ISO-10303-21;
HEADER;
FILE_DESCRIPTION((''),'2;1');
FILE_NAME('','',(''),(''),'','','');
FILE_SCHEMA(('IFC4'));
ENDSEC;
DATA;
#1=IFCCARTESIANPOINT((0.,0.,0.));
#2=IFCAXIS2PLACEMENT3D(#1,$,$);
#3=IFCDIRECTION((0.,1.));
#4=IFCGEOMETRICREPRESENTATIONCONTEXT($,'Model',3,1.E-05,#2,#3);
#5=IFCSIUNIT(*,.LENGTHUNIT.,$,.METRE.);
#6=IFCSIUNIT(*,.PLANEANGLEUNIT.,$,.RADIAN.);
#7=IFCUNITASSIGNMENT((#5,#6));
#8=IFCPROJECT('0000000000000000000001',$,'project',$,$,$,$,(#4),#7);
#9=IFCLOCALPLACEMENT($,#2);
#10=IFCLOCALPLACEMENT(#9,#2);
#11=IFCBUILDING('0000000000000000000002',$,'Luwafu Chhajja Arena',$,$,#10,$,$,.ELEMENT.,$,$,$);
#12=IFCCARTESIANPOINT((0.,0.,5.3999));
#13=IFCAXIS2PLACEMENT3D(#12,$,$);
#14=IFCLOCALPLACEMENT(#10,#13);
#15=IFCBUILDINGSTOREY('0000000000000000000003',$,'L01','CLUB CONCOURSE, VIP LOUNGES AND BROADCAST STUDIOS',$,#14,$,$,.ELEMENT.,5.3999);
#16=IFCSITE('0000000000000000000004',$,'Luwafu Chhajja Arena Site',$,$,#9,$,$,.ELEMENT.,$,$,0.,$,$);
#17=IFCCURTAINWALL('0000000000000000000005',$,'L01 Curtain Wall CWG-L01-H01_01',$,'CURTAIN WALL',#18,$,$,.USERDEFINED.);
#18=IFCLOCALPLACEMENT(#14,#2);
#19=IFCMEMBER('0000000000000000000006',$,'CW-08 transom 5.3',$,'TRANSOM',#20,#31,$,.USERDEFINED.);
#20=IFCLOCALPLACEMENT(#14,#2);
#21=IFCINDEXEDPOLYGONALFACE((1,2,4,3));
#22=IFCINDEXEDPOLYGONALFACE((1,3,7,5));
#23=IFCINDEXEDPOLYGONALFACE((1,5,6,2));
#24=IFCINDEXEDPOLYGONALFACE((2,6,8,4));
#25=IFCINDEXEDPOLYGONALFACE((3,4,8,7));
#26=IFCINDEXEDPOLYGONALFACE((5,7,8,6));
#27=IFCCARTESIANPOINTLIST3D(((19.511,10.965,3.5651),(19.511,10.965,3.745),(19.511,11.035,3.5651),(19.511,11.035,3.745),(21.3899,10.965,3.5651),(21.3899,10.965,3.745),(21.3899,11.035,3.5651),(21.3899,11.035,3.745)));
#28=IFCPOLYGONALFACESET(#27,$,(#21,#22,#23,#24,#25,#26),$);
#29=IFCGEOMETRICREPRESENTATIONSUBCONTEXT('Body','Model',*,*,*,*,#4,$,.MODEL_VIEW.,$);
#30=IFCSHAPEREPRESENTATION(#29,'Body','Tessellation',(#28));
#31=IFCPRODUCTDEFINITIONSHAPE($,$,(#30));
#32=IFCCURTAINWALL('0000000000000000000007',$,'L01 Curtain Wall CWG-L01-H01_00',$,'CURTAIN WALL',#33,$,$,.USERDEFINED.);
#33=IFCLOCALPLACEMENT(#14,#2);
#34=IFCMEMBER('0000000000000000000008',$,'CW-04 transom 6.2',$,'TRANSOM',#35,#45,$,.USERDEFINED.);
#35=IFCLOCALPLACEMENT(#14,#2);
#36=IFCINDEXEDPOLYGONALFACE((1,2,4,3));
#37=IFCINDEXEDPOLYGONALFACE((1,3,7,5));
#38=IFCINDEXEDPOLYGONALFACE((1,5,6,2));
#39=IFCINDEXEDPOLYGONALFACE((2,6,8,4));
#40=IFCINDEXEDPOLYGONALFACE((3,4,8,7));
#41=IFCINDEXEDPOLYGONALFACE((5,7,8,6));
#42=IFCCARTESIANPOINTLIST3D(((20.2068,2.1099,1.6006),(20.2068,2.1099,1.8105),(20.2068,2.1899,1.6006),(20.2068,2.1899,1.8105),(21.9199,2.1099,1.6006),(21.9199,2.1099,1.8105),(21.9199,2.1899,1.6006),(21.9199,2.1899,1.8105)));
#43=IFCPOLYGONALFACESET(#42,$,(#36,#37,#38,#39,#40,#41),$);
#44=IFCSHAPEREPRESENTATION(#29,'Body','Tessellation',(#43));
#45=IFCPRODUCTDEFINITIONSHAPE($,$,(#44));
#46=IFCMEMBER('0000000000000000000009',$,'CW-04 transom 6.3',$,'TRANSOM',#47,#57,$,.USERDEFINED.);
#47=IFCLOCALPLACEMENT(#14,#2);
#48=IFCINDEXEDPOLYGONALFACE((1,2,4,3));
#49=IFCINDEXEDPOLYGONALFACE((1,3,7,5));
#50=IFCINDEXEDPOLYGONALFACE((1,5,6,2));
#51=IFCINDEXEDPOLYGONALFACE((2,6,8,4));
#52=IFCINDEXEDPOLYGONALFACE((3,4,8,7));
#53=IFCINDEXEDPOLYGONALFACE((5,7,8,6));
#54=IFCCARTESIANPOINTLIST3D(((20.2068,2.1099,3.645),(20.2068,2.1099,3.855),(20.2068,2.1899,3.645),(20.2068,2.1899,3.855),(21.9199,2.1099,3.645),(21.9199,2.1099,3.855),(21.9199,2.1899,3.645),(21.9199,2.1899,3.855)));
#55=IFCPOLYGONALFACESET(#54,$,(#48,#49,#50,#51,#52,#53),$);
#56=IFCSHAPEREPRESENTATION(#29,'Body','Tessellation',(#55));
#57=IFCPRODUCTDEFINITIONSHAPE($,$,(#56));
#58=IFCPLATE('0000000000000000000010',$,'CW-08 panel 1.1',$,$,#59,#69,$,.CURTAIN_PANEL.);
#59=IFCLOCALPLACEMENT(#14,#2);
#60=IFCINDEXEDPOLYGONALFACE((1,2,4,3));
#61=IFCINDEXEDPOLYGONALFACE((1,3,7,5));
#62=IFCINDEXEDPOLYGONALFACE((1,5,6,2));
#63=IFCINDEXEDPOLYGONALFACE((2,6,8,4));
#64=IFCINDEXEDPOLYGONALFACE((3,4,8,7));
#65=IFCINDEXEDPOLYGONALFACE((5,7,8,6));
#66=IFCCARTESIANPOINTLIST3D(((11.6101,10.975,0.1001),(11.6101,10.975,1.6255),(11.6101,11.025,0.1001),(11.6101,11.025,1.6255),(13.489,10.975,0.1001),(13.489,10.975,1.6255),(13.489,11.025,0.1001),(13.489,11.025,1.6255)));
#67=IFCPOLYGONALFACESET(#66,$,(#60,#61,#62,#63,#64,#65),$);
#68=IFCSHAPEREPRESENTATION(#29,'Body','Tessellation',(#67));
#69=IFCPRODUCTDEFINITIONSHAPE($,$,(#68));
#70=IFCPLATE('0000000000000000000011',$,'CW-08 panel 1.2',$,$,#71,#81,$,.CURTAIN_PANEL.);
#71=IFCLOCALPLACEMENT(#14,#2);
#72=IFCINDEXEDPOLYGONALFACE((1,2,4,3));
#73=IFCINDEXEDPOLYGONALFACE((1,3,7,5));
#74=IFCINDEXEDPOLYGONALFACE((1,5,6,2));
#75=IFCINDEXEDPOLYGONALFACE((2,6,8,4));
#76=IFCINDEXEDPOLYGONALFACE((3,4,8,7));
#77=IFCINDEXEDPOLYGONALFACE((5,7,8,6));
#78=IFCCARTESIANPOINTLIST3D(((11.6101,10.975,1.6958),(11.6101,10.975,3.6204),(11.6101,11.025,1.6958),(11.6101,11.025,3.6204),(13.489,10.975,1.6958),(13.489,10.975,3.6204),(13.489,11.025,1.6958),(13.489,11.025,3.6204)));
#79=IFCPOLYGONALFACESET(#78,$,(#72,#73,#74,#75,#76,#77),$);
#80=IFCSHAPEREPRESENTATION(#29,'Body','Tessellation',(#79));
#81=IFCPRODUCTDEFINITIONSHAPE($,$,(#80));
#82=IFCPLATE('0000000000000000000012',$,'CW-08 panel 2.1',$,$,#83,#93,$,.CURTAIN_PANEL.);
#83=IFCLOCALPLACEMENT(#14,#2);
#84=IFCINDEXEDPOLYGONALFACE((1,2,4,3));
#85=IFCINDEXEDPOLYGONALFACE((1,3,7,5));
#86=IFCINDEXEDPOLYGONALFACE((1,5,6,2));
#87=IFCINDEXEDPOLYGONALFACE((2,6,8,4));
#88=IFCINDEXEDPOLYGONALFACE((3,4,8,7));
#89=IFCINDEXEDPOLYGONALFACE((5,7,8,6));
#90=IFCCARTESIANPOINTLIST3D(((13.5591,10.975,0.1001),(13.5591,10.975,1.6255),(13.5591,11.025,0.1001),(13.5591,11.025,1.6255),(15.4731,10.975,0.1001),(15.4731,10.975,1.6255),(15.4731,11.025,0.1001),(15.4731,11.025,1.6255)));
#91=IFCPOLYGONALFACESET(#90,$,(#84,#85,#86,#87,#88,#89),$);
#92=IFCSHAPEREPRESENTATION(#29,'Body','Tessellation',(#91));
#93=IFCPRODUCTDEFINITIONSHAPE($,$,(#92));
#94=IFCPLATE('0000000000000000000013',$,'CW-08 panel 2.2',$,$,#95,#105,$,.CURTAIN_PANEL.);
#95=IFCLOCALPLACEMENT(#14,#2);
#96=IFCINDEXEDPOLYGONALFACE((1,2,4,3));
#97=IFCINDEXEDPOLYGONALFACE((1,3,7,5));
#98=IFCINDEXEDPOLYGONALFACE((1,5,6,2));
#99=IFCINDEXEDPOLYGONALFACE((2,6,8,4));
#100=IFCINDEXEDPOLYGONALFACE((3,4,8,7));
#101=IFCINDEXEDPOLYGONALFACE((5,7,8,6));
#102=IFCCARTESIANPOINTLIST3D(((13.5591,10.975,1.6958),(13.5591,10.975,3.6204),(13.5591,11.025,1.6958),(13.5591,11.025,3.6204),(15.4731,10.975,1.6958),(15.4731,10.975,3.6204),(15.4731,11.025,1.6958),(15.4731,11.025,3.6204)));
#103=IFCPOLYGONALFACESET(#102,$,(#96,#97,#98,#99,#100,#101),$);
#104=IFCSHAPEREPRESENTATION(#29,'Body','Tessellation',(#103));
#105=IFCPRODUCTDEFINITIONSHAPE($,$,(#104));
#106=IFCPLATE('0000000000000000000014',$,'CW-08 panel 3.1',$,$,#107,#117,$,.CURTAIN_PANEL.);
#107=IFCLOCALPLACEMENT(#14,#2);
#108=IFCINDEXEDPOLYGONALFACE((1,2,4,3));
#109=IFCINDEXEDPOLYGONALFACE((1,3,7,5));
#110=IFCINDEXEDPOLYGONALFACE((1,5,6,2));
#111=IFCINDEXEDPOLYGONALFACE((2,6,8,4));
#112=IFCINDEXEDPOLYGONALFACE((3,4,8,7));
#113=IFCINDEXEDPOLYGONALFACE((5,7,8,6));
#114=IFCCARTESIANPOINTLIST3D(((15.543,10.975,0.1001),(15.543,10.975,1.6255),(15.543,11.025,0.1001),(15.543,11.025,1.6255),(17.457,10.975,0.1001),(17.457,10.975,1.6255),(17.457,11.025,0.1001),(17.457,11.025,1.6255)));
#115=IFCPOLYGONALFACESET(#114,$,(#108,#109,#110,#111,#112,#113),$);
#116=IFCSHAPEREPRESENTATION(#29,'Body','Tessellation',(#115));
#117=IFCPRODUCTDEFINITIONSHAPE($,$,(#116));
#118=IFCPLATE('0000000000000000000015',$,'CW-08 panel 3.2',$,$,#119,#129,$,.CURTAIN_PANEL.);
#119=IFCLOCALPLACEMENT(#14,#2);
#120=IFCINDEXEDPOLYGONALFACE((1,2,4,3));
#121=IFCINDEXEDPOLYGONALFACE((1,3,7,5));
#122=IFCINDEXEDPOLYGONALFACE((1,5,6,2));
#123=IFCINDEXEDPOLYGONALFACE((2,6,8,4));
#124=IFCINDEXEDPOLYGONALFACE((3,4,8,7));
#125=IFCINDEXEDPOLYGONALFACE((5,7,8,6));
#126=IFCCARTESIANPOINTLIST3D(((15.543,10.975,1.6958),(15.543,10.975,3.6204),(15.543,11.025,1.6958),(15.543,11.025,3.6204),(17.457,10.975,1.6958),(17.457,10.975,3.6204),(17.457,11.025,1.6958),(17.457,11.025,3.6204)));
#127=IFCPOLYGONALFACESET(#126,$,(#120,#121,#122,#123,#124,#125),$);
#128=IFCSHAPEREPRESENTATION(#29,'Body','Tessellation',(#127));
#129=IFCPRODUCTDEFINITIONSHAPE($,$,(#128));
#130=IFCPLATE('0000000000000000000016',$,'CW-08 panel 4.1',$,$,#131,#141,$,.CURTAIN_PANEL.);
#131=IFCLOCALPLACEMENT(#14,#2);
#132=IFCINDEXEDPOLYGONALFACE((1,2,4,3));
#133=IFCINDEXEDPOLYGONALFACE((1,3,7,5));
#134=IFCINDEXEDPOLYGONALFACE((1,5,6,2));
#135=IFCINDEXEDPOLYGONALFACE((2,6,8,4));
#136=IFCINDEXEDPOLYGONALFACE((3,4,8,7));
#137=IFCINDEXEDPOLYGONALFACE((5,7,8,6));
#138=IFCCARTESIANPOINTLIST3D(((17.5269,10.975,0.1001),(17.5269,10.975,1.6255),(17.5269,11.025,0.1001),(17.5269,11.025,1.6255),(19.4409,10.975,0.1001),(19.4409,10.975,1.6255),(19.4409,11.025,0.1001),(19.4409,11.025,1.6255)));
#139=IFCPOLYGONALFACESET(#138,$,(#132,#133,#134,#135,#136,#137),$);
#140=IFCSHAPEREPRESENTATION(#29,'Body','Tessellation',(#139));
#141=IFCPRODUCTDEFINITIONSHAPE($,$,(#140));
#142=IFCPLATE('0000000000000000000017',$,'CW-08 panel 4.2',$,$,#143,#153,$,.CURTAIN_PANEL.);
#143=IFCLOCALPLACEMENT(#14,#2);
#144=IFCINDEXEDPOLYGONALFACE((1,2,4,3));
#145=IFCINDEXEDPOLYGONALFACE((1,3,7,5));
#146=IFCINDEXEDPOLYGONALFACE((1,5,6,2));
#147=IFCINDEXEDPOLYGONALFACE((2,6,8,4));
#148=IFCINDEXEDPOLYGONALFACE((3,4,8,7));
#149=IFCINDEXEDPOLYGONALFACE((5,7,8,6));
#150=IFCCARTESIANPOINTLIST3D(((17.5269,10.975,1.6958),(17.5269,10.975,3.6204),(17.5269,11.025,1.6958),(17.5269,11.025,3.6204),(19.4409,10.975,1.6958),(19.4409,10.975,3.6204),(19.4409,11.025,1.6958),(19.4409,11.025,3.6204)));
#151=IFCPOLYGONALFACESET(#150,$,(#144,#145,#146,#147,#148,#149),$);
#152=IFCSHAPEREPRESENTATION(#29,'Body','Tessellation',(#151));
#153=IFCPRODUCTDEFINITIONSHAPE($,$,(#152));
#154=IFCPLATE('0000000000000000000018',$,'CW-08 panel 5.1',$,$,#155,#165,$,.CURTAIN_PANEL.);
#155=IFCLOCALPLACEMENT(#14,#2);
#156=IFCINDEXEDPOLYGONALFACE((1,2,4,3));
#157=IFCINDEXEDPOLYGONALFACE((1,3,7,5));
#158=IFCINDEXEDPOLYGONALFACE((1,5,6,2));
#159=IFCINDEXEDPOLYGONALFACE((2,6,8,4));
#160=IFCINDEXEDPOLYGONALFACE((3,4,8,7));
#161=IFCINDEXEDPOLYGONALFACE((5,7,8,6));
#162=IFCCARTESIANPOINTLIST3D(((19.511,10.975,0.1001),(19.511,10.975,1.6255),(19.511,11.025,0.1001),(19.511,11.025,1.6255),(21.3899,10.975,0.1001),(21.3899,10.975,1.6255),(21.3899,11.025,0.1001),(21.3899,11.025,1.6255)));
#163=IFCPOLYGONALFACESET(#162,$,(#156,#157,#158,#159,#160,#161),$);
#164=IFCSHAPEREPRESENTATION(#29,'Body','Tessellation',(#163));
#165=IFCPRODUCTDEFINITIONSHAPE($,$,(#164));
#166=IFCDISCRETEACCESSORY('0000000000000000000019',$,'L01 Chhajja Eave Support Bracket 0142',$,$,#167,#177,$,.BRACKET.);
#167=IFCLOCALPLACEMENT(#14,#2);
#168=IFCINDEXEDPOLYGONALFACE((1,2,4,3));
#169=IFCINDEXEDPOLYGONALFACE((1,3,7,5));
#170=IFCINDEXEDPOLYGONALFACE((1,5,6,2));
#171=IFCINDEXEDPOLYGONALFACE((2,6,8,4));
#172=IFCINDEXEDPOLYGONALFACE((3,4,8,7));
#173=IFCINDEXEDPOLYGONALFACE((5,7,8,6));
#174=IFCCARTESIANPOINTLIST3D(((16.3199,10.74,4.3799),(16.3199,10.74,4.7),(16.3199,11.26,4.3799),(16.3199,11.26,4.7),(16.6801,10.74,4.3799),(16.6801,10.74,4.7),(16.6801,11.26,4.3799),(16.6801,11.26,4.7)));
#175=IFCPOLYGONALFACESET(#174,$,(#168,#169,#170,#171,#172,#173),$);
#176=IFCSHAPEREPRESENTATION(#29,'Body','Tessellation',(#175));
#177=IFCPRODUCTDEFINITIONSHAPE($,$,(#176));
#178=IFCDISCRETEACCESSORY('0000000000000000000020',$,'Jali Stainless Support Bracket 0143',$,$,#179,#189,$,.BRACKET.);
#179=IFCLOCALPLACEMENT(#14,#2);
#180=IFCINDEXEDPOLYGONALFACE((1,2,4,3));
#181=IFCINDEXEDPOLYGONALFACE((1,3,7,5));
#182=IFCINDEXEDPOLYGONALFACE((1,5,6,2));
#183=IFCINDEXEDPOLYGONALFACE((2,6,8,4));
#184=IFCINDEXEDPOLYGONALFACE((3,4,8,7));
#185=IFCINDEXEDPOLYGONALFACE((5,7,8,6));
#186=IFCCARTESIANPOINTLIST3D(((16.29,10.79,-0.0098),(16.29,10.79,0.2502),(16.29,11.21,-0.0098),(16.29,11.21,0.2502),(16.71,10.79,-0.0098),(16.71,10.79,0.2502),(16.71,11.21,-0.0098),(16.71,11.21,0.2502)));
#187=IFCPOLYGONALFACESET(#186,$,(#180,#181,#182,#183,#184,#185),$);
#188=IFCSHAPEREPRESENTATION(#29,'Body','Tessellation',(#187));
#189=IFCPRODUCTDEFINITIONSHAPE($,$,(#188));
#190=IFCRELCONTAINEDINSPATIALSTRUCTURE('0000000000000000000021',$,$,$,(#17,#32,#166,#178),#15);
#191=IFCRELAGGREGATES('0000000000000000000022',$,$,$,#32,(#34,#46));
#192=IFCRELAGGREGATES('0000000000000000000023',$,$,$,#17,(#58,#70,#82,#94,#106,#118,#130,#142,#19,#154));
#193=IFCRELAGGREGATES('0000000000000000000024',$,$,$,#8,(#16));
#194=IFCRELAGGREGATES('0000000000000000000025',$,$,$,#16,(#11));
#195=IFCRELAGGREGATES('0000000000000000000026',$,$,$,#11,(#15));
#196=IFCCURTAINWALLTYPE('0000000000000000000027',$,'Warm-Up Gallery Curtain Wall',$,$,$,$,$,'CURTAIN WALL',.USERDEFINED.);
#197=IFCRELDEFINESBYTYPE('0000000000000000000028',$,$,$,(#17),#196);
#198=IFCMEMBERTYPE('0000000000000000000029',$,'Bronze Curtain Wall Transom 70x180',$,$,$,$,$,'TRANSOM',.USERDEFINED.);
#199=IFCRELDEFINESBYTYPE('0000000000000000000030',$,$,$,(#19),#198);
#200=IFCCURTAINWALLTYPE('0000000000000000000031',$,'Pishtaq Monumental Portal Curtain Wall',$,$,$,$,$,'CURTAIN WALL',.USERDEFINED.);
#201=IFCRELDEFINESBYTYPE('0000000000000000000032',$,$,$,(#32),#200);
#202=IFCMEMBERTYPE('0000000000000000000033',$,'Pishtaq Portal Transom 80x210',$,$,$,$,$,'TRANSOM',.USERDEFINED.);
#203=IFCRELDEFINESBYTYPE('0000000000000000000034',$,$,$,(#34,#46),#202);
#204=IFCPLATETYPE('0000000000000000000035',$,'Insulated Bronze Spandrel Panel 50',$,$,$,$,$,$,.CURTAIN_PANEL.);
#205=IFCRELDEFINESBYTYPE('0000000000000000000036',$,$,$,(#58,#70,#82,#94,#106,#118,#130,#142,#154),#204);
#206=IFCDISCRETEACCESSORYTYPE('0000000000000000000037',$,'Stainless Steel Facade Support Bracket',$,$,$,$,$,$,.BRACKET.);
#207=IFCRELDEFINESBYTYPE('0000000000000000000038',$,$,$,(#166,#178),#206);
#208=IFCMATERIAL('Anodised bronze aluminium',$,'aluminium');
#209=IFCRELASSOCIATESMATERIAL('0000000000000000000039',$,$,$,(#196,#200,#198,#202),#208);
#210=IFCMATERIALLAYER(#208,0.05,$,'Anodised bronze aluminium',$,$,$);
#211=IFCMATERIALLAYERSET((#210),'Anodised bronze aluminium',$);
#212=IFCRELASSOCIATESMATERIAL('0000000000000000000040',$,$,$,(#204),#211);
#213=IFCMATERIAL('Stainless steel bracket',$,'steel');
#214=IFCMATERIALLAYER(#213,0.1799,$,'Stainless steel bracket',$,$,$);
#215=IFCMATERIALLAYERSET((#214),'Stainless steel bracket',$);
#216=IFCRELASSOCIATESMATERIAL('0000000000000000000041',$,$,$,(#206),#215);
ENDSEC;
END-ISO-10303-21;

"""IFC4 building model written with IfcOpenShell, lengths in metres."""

from ifc_helpers import new_model, si_unit, direction, frame, origin, origin_2d, place, context, subcontext, project, spatial, rectangle, extrude, material, layer, layer_set, material_profile, profile_set, type_object, element, aggregate, save


model = new_model("IFC4")

# Units and contexts
model_context = context("Model", 3, precision=1e-05, world=origin(), true_north=direction((0.0, 1.0)))
body_context = subcontext(model_context, "Body", "Model", "MODEL_VIEW")
ifc_project = project(units=[si_unit("LENGTHUNIT", "METRE"), si_unit("PLANEANGLEUNIT", "RADIAN")], contexts=[model_context])

# Site, building, storey
site_placement = place(None, origin())
site = spatial("IfcSite", under=ifc_project, at=site_placement, Name="Luwafu Chhajja Arena Site", CompositionType="ELEMENT", RefElevation=0.0)
building_placement = place(site_placement, origin())
building = spatial("IfcBuilding", under=site, at=building_placement, Name="Luwafu Chhajja Arena", CompositionType="ELEMENT")
storey_placement = place(building_placement, frame((0.0, 0.0, 5.3999)))
storey = spatial("IfcBuildingStorey", under=building, at=storey_placement, Name="L01", Description="CLUB CONCOURSE, VIP LOUNGES AND BROADCAST STUDIOS", CompositionType="ELEMENT", Elevation=5.3999)

# Curtain walls, members
ifc_material_1 = material(Name="Anodised bronze aluminium", Category="aluminium")
curtain_wall_type_1 = type_object("IfcCurtainWallType", Name="Warm-Up Gallery Curtain Wall", ElementType="CURTAIN WALL", PredefinedType="USERDEFINED", material=ifc_material_1)
curtain_wall_1_placement = place(storey_placement, origin())
curtain_wall_1 = element("IfcCurtainWall", 1, at=curtain_wall_1_placement, inside=storey, type_object=curtain_wall_type_1, Name="L01 Curtain Wall CWG-L01-H01_01", ObjectType="CURTAIN WALL", PredefinedType="USERDEFINED")
ifc_material_profile_1 = material_profile(ifc_material_1, rectangle(XDim=0.0701, YDim=0.1799, at=origin_2d()), Name="CWT 70x180")
ifc_profile_set_1 = profile_set([ifc_material_profile_1], Name="Anodised bronze aluminium")
member_type_1 = type_object("IfcMemberType", Name="Bronze Curtain Wall Transom 70x180", ElementType="TRANSOM", PredefinedType="USERDEFINED", material=ifc_profile_set_1)
member_1_placement = place(storey_placement, frame((19.511, 11.0, 3.655), z_axis=(1.0, 0.0, 0.0), x_axis=(0.0, 1.0, 0.0)))
member_1 = element("IfcMember", 2, at=member_1_placement, type_object=member_type_1, Name="CW-08 transom 5.3", ObjectType="TRANSOM", PredefinedType="USERDEFINED", context=body_context, shape_type="SweptSolid", body=[
    extrude(rectangle(XDim=0.0701, YDim=0.1799, at=origin_2d()), origin(), (0.0, 0.0, 1.0), 1.8789),
])
curtain_wall_type_2 = type_object("IfcCurtainWallType", Name="Pishtaq Monumental Portal Curtain Wall", ElementType="CURTAIN WALL", PredefinedType="USERDEFINED", material=ifc_material_1)
curtain_wall_2_placement = place(storey_placement, origin())
curtain_wall_2 = element("IfcCurtainWall", 3, at=curtain_wall_2_placement, inside=storey, type_object=curtain_wall_type_2, Name="L01 Curtain Wall CWG-L01-H01_00", ObjectType="CURTAIN WALL", PredefinedType="USERDEFINED")
ifc_material_profile_2 = material_profile(ifc_material_1, rectangle(XDim=0.0801, YDim=0.21, at=origin_2d()), Name="CWT 80x210")
ifc_profile_set_2 = profile_set([ifc_material_profile_2], Name="Anodised bronze aluminium")
member_type_2 = type_object("IfcMemberType", Name="Pishtaq Portal Transom 80x210", ElementType="TRANSOM", PredefinedType="USERDEFINED", material=ifc_profile_set_2)
member_2_placement = place(storey_placement, frame((20.2068, 2.1499, 1.7056), z_axis=(1.0, 0.0, 0.0), x_axis=(0.0, 1.0, 0.0)))
member_2 = element("IfcMember", 4, at=member_2_placement, type_object=member_type_2, Name="CW-04 transom 6.2", ObjectType="TRANSOM", PredefinedType="USERDEFINED", context=body_context, shape_type="SweptSolid", body=[
    extrude(rectangle(XDim=0.0801, YDim=0.21, at=origin_2d()), origin(), (0.0, 0.0, 1.0), 1.7131),
])
member_3_placement = place(storey_placement, frame((20.2068, 2.1499, 3.75), z_axis=(1.0, 0.0, 0.0), x_axis=(0.0, 1.0, 0.0)))
member_3 = element("IfcMember", 5, at=member_3_placement, type_object=member_type_2, Name="CW-04 transom 6.3", ObjectType="TRANSOM", PredefinedType="USERDEFINED", context=body_context, shape_type="SweptSolid", body=[
    extrude(rectangle(XDim=0.0801, YDim=0.21, at=origin_2d()), origin(), (0.0, 0.0, 1.0), 1.7131),
])
aggregate(curtain_wall_2, [member_2, member_3])

# Plates
ifc_layer_1 = layer(ifc_material_1, 0.05, Name="Anodised bronze aluminium")
ifc_layer_set_1 = layer_set([ifc_layer_1], Name="Anodised bronze aluminium")
plate_type = type_object("IfcPlateType", Name="Insulated Bronze Spandrel Panel 50", PredefinedType="CURTAIN_PANEL", material=ifc_layer_set_1)
plate_1_placement = place(storey_placement, frame((12.5496, 11.0, 0.1001), z_axis=(0.0, 0.0, 1.0), x_axis=(1.0, 0.0, 0.0)))
plate_1 = element("IfcPlate", 6, at=plate_1_placement, type_object=plate_type, Name="CW-08 panel 1.1", PredefinedType="CURTAIN_PANEL", context=body_context, shape_type="SweptSolid", body=[
    extrude(rectangle(XDim=1.8789, YDim=0.05, at=origin_2d()), origin(), (0.0, 0.0, 1.0), 1.5254),
])
plate_2_placement = place(storey_placement, frame((12.5496, 11.0, 1.6958), z_axis=(0.0, 0.0, 1.0), x_axis=(1.0, 0.0, 0.0)))
plate_2 = element("IfcPlate", 7, at=plate_2_placement, type_object=plate_type, Name="CW-08 panel 1.2", PredefinedType="CURTAIN_PANEL", context=body_context, shape_type="SweptSolid", body=[
    extrude(rectangle(XDim=1.8789, YDim=0.05, at=origin_2d()), origin(), (0.0, 0.0, 1.0), 1.9246),
])
plate_3_placement = place(storey_placement, frame((14.5161, 11.0, 0.1001), z_axis=(0.0, 0.0, 1.0), x_axis=(1.0, 0.0, 0.0)))
plate_3 = element("IfcPlate", 8, at=plate_3_placement, type_object=plate_type, Name="CW-08 panel 2.1", PredefinedType="CURTAIN_PANEL", context=body_context, shape_type="SweptSolid", body=[
    extrude(rectangle(XDim=1.9141, YDim=0.05, at=origin_2d()), origin(), (0.0, 0.0, 1.0), 1.5254),
])
plate_4_placement = place(storey_placement, frame((14.5161, 11.0, 1.6958), z_axis=(0.0, 0.0, 1.0), x_axis=(1.0, 0.0, 0.0)))
plate_4 = element("IfcPlate", 9, at=plate_4_placement, type_object=plate_type, Name="CW-08 panel 2.2", PredefinedType="CURTAIN_PANEL", context=body_context, shape_type="SweptSolid", body=[
    extrude(rectangle(XDim=1.9141, YDim=0.05, at=origin_2d()), origin(), (0.0, 0.0, 1.0), 1.9246),
])
plate_5_placement = place(storey_placement, frame((16.5, 11.0, 0.1001), z_axis=(0.0, 0.0, 1.0), x_axis=(1.0, 0.0, 0.0)))
plate_5 = element("IfcPlate", 10, at=plate_5_placement, type_object=plate_type, Name="CW-08 panel 3.1", PredefinedType="CURTAIN_PANEL", context=body_context, shape_type="SweptSolid", body=[
    extrude(rectangle(XDim=1.9141, YDim=0.05, at=origin_2d()), origin(), (0.0, 0.0, 1.0), 1.5254),
])
plate_6_placement = place(storey_placement, frame((16.5, 11.0, 1.6958), z_axis=(0.0, 0.0, 1.0), x_axis=(1.0, 0.0, 0.0)))
plate_6 = element("IfcPlate", 11, at=plate_6_placement, type_object=plate_type, Name="CW-08 panel 3.2", PredefinedType="CURTAIN_PANEL", context=body_context, shape_type="SweptSolid", body=[
    extrude(rectangle(XDim=1.9141, YDim=0.05, at=origin_2d()), origin(), (0.0, 0.0, 1.0), 1.9246),
])
plate_7_placement = place(storey_placement, frame((18.4839, 11.0, 0.1001), z_axis=(0.0, 0.0, 1.0), x_axis=(1.0, 0.0, 0.0)))
plate_7 = element("IfcPlate", 12, at=plate_7_placement, type_object=plate_type, Name="CW-08 panel 4.1", PredefinedType="CURTAIN_PANEL", context=body_context, shape_type="SweptSolid", body=[
    extrude(rectangle(XDim=1.9141, YDim=0.05, at=origin_2d()), origin(), (0.0, 0.0, 1.0), 1.5254),
])
plate_8_placement = place(storey_placement, frame((18.4839, 11.0, 1.6958), z_axis=(0.0, 0.0, 1.0), x_axis=(1.0, 0.0, 0.0)))
plate_8 = element("IfcPlate", 13, at=plate_8_placement, type_object=plate_type, Name="CW-08 panel 4.2", PredefinedType="CURTAIN_PANEL", context=body_context, shape_type="SweptSolid", body=[
    extrude(rectangle(XDim=1.9141, YDim=0.05, at=origin_2d()), origin(), (0.0, 0.0, 1.0), 1.9246),
])
plate_9_placement = place(storey_placement, frame((20.4504, 11.0, 0.1001), z_axis=(0.0, 0.0, 1.0), x_axis=(1.0, 0.0, 0.0)))
plate_9 = element("IfcPlate", 14, at=plate_9_placement, type_object=plate_type, Name="CW-08 panel 5.1", PredefinedType="CURTAIN_PANEL", context=body_context, shape_type="SweptSolid", body=[
    extrude(rectangle(XDim=1.8789, YDim=0.05, at=origin_2d()), origin(), (0.0, 0.0, 1.0), 1.5254),
])
aggregate(curtain_wall_1, [plate_1, plate_2, plate_3, plate_4, plate_5, plate_6, plate_7, plate_8, member_1, plate_9])

# Discrete accessories
ifc_material_2 = material(Name="Stainless steel bracket", Category="steel")
ifc_layer_2 = layer(ifc_material_2, 0.1799, Name="Stainless steel bracket")
ifc_layer_set_2 = layer_set([ifc_layer_2], Name="Stainless steel bracket")
discrete_accessory_type = type_object("IfcDiscreteAccessoryType", Name="Stainless Steel Facade Support Bracket", PredefinedType="BRACKET", material=ifc_layer_set_2)
discrete_accessory_1_placement = place(storey_placement, frame((16.5, 11.0, 4.3799), z_axis=(0.0, 0.0, 1.0), x_axis=(1.0, 0.0, 0.0)))
element("IfcDiscreteAccessory", 15, at=discrete_accessory_1_placement, inside=storey, type_object=discrete_accessory_type, Name="L01 Chhajja Eave Support Bracket 0142", PredefinedType="BRACKET", context=body_context, shape_type="SweptSolid", body=[
    extrude(rectangle(XDim=0.3601, YDim=0.52, at=origin_2d()), origin(), (0.0, 0.0, 1.0), 0.3201),
])
discrete_accessory_2_placement = place(storey_placement, frame((16.5, 11.0, -0.0098), z_axis=(0.0, 0.0, 1.0), x_axis=(1.0, 0.0, 0.0)))
element("IfcDiscreteAccessory", 16, at=discrete_accessory_2_placement, inside=storey, type_object=discrete_accessory_type, Name="Jali Stainless Support Bracket 0143", PredefinedType="BRACKET", context=body_context, shape_type="SweptSolid", body=[
    extrude(rectangle(XDim=0.4199, YDim=0.4199, at=origin_2d()), origin(), (0.0, 0.0, 1.0), 0.26),
])

save(model, "model.ifc")
